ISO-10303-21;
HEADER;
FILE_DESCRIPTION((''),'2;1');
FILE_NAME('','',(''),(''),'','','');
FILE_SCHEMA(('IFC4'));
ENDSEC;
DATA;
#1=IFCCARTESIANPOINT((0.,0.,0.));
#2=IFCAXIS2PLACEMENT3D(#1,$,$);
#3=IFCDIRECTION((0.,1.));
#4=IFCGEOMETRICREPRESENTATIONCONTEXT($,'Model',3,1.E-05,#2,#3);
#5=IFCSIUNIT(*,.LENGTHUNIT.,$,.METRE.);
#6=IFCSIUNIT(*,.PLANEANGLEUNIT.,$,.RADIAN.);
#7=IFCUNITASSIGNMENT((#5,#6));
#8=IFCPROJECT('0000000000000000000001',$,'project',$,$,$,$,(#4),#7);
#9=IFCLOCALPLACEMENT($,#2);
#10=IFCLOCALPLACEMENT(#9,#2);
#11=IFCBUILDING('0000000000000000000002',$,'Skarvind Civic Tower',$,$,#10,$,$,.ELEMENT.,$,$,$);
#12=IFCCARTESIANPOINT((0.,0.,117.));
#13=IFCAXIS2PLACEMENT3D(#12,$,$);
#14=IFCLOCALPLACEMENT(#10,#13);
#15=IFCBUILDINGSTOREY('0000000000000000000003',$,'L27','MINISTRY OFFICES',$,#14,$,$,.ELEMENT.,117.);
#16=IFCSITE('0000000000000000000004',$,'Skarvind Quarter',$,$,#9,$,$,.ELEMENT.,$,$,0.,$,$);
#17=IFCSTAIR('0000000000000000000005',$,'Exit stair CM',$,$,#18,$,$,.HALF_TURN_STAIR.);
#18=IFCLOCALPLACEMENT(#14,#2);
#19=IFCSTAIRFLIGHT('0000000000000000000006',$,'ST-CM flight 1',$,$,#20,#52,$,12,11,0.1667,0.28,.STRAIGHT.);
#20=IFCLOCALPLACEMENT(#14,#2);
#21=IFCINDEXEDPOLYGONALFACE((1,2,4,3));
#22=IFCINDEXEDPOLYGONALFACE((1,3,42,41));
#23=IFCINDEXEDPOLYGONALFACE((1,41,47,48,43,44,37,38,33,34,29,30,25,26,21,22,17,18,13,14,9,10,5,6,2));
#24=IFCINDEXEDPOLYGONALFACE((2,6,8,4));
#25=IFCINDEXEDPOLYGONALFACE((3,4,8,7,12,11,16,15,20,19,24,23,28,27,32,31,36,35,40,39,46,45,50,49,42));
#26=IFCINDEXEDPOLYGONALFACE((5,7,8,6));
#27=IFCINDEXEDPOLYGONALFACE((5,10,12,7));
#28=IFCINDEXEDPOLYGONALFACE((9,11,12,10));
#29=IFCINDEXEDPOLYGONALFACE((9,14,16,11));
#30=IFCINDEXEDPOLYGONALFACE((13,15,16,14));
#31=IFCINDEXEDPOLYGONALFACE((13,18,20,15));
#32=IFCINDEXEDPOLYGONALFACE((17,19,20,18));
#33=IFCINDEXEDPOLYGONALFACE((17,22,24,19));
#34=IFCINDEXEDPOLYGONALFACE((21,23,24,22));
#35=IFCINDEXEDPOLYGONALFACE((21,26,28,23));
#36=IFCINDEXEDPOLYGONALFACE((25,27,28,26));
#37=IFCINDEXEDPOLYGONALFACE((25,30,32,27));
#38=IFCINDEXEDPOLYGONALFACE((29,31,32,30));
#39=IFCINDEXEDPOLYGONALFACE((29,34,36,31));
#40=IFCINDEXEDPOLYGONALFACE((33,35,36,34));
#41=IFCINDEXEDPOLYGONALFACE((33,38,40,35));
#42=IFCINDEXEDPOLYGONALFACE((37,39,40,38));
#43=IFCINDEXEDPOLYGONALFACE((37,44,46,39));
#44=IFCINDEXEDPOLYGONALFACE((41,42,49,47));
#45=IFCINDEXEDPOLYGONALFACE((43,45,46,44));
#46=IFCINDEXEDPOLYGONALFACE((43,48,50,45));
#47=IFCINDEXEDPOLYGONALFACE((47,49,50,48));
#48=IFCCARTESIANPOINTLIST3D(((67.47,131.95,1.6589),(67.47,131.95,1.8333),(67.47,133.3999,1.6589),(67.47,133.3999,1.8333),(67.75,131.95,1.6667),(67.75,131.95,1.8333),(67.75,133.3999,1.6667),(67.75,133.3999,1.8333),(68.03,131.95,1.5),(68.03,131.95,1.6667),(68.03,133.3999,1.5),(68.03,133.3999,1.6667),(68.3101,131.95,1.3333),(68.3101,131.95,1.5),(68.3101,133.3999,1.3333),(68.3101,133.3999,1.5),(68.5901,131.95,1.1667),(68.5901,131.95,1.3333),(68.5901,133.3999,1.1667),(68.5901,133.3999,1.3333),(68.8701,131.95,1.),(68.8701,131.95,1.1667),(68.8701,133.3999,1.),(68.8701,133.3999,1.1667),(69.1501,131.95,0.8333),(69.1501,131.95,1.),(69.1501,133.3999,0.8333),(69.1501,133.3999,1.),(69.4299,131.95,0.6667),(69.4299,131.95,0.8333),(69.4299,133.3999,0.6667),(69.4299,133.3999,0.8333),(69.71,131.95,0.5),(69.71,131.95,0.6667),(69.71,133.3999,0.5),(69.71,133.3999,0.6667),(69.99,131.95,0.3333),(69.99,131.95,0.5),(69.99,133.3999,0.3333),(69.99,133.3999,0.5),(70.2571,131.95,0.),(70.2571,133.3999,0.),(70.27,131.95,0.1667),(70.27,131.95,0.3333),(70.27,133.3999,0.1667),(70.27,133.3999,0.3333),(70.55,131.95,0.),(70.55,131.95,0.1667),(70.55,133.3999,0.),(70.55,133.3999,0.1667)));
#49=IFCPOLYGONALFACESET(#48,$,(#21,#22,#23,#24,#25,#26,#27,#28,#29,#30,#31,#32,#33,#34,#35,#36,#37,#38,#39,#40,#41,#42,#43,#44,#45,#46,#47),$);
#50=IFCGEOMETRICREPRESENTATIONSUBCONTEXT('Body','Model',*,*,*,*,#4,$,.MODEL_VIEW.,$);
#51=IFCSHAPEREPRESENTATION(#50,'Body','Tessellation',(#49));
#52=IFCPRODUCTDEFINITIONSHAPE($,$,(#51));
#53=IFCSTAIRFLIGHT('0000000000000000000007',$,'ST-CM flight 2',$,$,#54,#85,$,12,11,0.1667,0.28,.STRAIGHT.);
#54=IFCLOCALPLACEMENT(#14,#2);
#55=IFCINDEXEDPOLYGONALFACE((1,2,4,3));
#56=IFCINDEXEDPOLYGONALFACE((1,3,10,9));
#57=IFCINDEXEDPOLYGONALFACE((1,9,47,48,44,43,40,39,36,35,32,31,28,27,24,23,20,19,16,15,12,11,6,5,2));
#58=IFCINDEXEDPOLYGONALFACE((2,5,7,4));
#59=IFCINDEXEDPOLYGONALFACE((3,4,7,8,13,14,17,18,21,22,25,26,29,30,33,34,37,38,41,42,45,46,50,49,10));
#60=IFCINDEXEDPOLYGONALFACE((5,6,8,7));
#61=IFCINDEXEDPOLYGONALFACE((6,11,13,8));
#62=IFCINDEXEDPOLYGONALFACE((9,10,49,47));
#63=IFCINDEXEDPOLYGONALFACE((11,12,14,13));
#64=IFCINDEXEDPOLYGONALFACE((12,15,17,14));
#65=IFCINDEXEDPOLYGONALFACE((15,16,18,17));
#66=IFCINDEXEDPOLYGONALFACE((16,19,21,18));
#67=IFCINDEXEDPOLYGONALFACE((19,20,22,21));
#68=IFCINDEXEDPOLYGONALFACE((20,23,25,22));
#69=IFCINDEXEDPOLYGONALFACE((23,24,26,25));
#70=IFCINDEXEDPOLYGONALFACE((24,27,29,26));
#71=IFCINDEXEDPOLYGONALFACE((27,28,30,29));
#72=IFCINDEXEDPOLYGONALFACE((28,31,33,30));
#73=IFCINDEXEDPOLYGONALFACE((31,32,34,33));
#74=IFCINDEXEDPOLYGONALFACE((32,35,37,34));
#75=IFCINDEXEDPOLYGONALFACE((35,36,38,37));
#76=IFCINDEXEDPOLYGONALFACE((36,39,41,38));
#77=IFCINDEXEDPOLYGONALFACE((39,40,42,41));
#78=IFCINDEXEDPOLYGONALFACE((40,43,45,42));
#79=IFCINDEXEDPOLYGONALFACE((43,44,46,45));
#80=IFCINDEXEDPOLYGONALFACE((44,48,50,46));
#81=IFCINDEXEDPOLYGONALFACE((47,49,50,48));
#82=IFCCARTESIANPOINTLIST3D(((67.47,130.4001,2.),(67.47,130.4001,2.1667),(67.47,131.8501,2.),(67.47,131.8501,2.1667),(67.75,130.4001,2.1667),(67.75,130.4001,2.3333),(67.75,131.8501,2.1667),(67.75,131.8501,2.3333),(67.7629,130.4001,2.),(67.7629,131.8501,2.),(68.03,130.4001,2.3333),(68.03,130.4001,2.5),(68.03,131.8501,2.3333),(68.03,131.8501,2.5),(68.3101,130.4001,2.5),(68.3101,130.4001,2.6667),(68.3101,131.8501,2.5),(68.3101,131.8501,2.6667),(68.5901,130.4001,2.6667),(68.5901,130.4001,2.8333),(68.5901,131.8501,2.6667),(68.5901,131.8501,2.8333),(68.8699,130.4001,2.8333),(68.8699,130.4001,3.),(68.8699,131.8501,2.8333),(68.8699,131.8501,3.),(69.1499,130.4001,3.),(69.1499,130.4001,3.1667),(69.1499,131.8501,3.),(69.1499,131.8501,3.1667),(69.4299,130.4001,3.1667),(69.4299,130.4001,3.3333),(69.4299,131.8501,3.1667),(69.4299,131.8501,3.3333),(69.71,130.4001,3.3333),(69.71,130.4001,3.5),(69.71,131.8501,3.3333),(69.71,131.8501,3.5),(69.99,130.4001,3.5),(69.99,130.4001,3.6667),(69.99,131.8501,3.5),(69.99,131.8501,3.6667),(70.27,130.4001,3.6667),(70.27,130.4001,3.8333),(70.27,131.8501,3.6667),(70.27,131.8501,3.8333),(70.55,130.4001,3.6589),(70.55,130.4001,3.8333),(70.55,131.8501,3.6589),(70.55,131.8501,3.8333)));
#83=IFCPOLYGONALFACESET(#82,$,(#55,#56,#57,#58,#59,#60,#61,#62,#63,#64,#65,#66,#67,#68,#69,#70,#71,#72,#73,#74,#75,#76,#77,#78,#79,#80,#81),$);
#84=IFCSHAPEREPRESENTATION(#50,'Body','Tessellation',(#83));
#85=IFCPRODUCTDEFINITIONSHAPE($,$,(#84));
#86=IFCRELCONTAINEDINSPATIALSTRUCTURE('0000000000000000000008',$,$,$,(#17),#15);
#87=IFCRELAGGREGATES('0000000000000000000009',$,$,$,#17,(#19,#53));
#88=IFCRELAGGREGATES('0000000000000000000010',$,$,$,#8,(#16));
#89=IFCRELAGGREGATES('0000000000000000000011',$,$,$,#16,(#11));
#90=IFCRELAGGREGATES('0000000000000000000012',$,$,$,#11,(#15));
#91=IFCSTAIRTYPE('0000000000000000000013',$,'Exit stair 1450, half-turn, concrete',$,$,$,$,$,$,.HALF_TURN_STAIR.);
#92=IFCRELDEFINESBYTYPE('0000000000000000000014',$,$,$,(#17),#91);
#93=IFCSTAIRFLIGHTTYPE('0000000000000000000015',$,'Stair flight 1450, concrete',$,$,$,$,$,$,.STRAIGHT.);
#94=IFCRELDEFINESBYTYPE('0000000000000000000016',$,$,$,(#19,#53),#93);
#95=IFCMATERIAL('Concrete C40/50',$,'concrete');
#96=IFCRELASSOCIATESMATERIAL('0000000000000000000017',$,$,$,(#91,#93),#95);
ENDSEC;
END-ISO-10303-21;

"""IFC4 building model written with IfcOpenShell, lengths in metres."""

from ifc_helpers import new_model, si_unit, direction, frame, origin, place, context, subcontext, project, spatial, polyline, outline, extrude, material, type_object, element, aggregate, save


model = new_model("IFC4")

# Units and contexts
model_context = context("Model", 3, precision=1e-05, world=origin(), true_north=direction((0.0, 1.0)))
body_context = subcontext(model_context, "Body", "Model", "MODEL_VIEW")
ifc_project = project(units=[si_unit("LENGTHUNIT", "METRE"), si_unit("PLANEANGLEUNIT", "RADIAN")], contexts=[model_context])

# Site, building, storey
site_placement = place(None, origin())
site = spatial("IfcSite", under=ifc_project, at=site_placement, Name="Skarvind Quarter", CompositionType="ELEMENT", RefElevation=0.0)
building_placement = place(site_placement, origin())
building = spatial("IfcBuilding", under=site, at=building_placement, Name="Skarvind Civic Tower", CompositionType="ELEMENT")
storey_placement = place(building_placement, frame((0.0, 0.0, 117.0)))
storey = spatial("IfcBuildingStorey", under=building, at=storey_placement, Name="L27", Description="MINISTRY OFFICES", CompositionType="ELEMENT", Elevation=117.0)

# Stair, stair flights
ifc_material_1 = material(Name="Concrete C40/50", Category="concrete")
stair_type = type_object("IfcStairType", Name="Exit stair 1450, half-turn, concrete", PredefinedType="HALF_TURN_STAIR", material=ifc_material_1)
stair_placement = place(storey_placement, origin())
stair = element("IfcStair", 1, at=stair_placement, inside=storey, type_object=stair_type, Name="Exit stair CM", PredefinedType="HALF_TURN_STAIR")
stair_flight_type = type_object("IfcStairFlightType", Name="Stair flight 1450, concrete", PredefinedType="STRAIGHT", material=ifc_material_1)
stair_flight_1_placement = place(storey_placement, frame((70.55, 132.675, 0.0), z_axis=(0.0, 0.0, 1.0), x_axis=(-1.0, 0.0, 0.0)))
stair_flight_1 = element("IfcStairFlight", 2, at=stair_flight_1_placement, type_object=stair_flight_type, Name="ST-CM flight 1", NumberOfRisers=12, NumberOfTreads=11, PredefinedType="STRAIGHT", RiserHeight=0.1667, TreadLength=0.28, context=body_context, shape_type="SweptSolid", body=[
    extrude(outline(polyline([(0.0, 0.0), (0.0, 0.1667), (0.28, 0.1667), (0.28, 0.3333), (0.5601, 0.3333), (0.5601, 0.5), (0.8401, 0.5), (0.8401, 0.6667), (1.1201, 0.6667), (1.1201, 0.8333), (1.3999, 0.8333), (1.3999, 1.0), (1.6799, 1.0), (1.6799, 1.1667), (1.96, 1.1667), (1.96, 1.3333), (2.24, 1.3333), (2.24, 1.5), (2.52, 1.5), (2.52, 1.6667), (2.8, 1.6667), (2.8, 1.8333), (3.0801, 1.8333), (3.0801, 2.0), (3.0801, 1.6589), (0.293, 0.0), (0.0, 0.0)])), frame((0.0, 0.7251, 0.0), z_axis=(0.0, -1.0, 0.0), x_axis=(1.0, 0.0, 0.0)), (0.0, 0.0, 1.0), 1.45),
])
stair_flight_2_placement = place(storey_placement, frame((67.47, 131.125, 2.0), z_axis=(0.0, 0.0, 1.0), x_axis=(1.0, 0.0, 0.0)))
stair_flight_2 = element("IfcStairFlight", 3, at=stair_flight_2_placement, type_object=stair_flight_type, Name="ST-CM flight 2", NumberOfRisers=12, NumberOfTreads=11, PredefinedType="STRAIGHT", RiserHeight=0.1667, TreadLength=0.28, context=body_context, shape_type="SweptSolid", body=[
    extrude(outline(polyline([(0.0, 0.0), (0.0, 0.1667), (0.28, 0.1667), (0.28, 0.3333), (0.5601, 0.3333), (0.5601, 0.5), (0.8401, 0.5), (0.8401, 0.6667), (1.1201, 0.6667), (1.1201, 0.8333), (1.3999, 0.8333), (1.3999, 1.0), (1.6799, 1.0), (1.6799, 1.1667), (1.96, 1.1667), (1.96, 1.3333), (2.24, 1.3333), (2.24, 1.5), (2.52, 1.5), (2.52, 1.6667), (2.8, 1.6667), (2.8, 1.8333), (3.0801, 1.8333), (3.0801, 2.0), (3.0801, 1.6589), (0.293, 0.0), (0.0, 0.0)])), frame((0.0, 0.7251, 0.0), z_axis=(0.0, -1.0, 0.0), x_axis=(1.0, 0.0, 0.0)), (0.0, 0.0, 1.0), 1.45),
])
aggregate(stair, [stair_flight_1, stair_flight_2])

save(model, "model.ifc")
